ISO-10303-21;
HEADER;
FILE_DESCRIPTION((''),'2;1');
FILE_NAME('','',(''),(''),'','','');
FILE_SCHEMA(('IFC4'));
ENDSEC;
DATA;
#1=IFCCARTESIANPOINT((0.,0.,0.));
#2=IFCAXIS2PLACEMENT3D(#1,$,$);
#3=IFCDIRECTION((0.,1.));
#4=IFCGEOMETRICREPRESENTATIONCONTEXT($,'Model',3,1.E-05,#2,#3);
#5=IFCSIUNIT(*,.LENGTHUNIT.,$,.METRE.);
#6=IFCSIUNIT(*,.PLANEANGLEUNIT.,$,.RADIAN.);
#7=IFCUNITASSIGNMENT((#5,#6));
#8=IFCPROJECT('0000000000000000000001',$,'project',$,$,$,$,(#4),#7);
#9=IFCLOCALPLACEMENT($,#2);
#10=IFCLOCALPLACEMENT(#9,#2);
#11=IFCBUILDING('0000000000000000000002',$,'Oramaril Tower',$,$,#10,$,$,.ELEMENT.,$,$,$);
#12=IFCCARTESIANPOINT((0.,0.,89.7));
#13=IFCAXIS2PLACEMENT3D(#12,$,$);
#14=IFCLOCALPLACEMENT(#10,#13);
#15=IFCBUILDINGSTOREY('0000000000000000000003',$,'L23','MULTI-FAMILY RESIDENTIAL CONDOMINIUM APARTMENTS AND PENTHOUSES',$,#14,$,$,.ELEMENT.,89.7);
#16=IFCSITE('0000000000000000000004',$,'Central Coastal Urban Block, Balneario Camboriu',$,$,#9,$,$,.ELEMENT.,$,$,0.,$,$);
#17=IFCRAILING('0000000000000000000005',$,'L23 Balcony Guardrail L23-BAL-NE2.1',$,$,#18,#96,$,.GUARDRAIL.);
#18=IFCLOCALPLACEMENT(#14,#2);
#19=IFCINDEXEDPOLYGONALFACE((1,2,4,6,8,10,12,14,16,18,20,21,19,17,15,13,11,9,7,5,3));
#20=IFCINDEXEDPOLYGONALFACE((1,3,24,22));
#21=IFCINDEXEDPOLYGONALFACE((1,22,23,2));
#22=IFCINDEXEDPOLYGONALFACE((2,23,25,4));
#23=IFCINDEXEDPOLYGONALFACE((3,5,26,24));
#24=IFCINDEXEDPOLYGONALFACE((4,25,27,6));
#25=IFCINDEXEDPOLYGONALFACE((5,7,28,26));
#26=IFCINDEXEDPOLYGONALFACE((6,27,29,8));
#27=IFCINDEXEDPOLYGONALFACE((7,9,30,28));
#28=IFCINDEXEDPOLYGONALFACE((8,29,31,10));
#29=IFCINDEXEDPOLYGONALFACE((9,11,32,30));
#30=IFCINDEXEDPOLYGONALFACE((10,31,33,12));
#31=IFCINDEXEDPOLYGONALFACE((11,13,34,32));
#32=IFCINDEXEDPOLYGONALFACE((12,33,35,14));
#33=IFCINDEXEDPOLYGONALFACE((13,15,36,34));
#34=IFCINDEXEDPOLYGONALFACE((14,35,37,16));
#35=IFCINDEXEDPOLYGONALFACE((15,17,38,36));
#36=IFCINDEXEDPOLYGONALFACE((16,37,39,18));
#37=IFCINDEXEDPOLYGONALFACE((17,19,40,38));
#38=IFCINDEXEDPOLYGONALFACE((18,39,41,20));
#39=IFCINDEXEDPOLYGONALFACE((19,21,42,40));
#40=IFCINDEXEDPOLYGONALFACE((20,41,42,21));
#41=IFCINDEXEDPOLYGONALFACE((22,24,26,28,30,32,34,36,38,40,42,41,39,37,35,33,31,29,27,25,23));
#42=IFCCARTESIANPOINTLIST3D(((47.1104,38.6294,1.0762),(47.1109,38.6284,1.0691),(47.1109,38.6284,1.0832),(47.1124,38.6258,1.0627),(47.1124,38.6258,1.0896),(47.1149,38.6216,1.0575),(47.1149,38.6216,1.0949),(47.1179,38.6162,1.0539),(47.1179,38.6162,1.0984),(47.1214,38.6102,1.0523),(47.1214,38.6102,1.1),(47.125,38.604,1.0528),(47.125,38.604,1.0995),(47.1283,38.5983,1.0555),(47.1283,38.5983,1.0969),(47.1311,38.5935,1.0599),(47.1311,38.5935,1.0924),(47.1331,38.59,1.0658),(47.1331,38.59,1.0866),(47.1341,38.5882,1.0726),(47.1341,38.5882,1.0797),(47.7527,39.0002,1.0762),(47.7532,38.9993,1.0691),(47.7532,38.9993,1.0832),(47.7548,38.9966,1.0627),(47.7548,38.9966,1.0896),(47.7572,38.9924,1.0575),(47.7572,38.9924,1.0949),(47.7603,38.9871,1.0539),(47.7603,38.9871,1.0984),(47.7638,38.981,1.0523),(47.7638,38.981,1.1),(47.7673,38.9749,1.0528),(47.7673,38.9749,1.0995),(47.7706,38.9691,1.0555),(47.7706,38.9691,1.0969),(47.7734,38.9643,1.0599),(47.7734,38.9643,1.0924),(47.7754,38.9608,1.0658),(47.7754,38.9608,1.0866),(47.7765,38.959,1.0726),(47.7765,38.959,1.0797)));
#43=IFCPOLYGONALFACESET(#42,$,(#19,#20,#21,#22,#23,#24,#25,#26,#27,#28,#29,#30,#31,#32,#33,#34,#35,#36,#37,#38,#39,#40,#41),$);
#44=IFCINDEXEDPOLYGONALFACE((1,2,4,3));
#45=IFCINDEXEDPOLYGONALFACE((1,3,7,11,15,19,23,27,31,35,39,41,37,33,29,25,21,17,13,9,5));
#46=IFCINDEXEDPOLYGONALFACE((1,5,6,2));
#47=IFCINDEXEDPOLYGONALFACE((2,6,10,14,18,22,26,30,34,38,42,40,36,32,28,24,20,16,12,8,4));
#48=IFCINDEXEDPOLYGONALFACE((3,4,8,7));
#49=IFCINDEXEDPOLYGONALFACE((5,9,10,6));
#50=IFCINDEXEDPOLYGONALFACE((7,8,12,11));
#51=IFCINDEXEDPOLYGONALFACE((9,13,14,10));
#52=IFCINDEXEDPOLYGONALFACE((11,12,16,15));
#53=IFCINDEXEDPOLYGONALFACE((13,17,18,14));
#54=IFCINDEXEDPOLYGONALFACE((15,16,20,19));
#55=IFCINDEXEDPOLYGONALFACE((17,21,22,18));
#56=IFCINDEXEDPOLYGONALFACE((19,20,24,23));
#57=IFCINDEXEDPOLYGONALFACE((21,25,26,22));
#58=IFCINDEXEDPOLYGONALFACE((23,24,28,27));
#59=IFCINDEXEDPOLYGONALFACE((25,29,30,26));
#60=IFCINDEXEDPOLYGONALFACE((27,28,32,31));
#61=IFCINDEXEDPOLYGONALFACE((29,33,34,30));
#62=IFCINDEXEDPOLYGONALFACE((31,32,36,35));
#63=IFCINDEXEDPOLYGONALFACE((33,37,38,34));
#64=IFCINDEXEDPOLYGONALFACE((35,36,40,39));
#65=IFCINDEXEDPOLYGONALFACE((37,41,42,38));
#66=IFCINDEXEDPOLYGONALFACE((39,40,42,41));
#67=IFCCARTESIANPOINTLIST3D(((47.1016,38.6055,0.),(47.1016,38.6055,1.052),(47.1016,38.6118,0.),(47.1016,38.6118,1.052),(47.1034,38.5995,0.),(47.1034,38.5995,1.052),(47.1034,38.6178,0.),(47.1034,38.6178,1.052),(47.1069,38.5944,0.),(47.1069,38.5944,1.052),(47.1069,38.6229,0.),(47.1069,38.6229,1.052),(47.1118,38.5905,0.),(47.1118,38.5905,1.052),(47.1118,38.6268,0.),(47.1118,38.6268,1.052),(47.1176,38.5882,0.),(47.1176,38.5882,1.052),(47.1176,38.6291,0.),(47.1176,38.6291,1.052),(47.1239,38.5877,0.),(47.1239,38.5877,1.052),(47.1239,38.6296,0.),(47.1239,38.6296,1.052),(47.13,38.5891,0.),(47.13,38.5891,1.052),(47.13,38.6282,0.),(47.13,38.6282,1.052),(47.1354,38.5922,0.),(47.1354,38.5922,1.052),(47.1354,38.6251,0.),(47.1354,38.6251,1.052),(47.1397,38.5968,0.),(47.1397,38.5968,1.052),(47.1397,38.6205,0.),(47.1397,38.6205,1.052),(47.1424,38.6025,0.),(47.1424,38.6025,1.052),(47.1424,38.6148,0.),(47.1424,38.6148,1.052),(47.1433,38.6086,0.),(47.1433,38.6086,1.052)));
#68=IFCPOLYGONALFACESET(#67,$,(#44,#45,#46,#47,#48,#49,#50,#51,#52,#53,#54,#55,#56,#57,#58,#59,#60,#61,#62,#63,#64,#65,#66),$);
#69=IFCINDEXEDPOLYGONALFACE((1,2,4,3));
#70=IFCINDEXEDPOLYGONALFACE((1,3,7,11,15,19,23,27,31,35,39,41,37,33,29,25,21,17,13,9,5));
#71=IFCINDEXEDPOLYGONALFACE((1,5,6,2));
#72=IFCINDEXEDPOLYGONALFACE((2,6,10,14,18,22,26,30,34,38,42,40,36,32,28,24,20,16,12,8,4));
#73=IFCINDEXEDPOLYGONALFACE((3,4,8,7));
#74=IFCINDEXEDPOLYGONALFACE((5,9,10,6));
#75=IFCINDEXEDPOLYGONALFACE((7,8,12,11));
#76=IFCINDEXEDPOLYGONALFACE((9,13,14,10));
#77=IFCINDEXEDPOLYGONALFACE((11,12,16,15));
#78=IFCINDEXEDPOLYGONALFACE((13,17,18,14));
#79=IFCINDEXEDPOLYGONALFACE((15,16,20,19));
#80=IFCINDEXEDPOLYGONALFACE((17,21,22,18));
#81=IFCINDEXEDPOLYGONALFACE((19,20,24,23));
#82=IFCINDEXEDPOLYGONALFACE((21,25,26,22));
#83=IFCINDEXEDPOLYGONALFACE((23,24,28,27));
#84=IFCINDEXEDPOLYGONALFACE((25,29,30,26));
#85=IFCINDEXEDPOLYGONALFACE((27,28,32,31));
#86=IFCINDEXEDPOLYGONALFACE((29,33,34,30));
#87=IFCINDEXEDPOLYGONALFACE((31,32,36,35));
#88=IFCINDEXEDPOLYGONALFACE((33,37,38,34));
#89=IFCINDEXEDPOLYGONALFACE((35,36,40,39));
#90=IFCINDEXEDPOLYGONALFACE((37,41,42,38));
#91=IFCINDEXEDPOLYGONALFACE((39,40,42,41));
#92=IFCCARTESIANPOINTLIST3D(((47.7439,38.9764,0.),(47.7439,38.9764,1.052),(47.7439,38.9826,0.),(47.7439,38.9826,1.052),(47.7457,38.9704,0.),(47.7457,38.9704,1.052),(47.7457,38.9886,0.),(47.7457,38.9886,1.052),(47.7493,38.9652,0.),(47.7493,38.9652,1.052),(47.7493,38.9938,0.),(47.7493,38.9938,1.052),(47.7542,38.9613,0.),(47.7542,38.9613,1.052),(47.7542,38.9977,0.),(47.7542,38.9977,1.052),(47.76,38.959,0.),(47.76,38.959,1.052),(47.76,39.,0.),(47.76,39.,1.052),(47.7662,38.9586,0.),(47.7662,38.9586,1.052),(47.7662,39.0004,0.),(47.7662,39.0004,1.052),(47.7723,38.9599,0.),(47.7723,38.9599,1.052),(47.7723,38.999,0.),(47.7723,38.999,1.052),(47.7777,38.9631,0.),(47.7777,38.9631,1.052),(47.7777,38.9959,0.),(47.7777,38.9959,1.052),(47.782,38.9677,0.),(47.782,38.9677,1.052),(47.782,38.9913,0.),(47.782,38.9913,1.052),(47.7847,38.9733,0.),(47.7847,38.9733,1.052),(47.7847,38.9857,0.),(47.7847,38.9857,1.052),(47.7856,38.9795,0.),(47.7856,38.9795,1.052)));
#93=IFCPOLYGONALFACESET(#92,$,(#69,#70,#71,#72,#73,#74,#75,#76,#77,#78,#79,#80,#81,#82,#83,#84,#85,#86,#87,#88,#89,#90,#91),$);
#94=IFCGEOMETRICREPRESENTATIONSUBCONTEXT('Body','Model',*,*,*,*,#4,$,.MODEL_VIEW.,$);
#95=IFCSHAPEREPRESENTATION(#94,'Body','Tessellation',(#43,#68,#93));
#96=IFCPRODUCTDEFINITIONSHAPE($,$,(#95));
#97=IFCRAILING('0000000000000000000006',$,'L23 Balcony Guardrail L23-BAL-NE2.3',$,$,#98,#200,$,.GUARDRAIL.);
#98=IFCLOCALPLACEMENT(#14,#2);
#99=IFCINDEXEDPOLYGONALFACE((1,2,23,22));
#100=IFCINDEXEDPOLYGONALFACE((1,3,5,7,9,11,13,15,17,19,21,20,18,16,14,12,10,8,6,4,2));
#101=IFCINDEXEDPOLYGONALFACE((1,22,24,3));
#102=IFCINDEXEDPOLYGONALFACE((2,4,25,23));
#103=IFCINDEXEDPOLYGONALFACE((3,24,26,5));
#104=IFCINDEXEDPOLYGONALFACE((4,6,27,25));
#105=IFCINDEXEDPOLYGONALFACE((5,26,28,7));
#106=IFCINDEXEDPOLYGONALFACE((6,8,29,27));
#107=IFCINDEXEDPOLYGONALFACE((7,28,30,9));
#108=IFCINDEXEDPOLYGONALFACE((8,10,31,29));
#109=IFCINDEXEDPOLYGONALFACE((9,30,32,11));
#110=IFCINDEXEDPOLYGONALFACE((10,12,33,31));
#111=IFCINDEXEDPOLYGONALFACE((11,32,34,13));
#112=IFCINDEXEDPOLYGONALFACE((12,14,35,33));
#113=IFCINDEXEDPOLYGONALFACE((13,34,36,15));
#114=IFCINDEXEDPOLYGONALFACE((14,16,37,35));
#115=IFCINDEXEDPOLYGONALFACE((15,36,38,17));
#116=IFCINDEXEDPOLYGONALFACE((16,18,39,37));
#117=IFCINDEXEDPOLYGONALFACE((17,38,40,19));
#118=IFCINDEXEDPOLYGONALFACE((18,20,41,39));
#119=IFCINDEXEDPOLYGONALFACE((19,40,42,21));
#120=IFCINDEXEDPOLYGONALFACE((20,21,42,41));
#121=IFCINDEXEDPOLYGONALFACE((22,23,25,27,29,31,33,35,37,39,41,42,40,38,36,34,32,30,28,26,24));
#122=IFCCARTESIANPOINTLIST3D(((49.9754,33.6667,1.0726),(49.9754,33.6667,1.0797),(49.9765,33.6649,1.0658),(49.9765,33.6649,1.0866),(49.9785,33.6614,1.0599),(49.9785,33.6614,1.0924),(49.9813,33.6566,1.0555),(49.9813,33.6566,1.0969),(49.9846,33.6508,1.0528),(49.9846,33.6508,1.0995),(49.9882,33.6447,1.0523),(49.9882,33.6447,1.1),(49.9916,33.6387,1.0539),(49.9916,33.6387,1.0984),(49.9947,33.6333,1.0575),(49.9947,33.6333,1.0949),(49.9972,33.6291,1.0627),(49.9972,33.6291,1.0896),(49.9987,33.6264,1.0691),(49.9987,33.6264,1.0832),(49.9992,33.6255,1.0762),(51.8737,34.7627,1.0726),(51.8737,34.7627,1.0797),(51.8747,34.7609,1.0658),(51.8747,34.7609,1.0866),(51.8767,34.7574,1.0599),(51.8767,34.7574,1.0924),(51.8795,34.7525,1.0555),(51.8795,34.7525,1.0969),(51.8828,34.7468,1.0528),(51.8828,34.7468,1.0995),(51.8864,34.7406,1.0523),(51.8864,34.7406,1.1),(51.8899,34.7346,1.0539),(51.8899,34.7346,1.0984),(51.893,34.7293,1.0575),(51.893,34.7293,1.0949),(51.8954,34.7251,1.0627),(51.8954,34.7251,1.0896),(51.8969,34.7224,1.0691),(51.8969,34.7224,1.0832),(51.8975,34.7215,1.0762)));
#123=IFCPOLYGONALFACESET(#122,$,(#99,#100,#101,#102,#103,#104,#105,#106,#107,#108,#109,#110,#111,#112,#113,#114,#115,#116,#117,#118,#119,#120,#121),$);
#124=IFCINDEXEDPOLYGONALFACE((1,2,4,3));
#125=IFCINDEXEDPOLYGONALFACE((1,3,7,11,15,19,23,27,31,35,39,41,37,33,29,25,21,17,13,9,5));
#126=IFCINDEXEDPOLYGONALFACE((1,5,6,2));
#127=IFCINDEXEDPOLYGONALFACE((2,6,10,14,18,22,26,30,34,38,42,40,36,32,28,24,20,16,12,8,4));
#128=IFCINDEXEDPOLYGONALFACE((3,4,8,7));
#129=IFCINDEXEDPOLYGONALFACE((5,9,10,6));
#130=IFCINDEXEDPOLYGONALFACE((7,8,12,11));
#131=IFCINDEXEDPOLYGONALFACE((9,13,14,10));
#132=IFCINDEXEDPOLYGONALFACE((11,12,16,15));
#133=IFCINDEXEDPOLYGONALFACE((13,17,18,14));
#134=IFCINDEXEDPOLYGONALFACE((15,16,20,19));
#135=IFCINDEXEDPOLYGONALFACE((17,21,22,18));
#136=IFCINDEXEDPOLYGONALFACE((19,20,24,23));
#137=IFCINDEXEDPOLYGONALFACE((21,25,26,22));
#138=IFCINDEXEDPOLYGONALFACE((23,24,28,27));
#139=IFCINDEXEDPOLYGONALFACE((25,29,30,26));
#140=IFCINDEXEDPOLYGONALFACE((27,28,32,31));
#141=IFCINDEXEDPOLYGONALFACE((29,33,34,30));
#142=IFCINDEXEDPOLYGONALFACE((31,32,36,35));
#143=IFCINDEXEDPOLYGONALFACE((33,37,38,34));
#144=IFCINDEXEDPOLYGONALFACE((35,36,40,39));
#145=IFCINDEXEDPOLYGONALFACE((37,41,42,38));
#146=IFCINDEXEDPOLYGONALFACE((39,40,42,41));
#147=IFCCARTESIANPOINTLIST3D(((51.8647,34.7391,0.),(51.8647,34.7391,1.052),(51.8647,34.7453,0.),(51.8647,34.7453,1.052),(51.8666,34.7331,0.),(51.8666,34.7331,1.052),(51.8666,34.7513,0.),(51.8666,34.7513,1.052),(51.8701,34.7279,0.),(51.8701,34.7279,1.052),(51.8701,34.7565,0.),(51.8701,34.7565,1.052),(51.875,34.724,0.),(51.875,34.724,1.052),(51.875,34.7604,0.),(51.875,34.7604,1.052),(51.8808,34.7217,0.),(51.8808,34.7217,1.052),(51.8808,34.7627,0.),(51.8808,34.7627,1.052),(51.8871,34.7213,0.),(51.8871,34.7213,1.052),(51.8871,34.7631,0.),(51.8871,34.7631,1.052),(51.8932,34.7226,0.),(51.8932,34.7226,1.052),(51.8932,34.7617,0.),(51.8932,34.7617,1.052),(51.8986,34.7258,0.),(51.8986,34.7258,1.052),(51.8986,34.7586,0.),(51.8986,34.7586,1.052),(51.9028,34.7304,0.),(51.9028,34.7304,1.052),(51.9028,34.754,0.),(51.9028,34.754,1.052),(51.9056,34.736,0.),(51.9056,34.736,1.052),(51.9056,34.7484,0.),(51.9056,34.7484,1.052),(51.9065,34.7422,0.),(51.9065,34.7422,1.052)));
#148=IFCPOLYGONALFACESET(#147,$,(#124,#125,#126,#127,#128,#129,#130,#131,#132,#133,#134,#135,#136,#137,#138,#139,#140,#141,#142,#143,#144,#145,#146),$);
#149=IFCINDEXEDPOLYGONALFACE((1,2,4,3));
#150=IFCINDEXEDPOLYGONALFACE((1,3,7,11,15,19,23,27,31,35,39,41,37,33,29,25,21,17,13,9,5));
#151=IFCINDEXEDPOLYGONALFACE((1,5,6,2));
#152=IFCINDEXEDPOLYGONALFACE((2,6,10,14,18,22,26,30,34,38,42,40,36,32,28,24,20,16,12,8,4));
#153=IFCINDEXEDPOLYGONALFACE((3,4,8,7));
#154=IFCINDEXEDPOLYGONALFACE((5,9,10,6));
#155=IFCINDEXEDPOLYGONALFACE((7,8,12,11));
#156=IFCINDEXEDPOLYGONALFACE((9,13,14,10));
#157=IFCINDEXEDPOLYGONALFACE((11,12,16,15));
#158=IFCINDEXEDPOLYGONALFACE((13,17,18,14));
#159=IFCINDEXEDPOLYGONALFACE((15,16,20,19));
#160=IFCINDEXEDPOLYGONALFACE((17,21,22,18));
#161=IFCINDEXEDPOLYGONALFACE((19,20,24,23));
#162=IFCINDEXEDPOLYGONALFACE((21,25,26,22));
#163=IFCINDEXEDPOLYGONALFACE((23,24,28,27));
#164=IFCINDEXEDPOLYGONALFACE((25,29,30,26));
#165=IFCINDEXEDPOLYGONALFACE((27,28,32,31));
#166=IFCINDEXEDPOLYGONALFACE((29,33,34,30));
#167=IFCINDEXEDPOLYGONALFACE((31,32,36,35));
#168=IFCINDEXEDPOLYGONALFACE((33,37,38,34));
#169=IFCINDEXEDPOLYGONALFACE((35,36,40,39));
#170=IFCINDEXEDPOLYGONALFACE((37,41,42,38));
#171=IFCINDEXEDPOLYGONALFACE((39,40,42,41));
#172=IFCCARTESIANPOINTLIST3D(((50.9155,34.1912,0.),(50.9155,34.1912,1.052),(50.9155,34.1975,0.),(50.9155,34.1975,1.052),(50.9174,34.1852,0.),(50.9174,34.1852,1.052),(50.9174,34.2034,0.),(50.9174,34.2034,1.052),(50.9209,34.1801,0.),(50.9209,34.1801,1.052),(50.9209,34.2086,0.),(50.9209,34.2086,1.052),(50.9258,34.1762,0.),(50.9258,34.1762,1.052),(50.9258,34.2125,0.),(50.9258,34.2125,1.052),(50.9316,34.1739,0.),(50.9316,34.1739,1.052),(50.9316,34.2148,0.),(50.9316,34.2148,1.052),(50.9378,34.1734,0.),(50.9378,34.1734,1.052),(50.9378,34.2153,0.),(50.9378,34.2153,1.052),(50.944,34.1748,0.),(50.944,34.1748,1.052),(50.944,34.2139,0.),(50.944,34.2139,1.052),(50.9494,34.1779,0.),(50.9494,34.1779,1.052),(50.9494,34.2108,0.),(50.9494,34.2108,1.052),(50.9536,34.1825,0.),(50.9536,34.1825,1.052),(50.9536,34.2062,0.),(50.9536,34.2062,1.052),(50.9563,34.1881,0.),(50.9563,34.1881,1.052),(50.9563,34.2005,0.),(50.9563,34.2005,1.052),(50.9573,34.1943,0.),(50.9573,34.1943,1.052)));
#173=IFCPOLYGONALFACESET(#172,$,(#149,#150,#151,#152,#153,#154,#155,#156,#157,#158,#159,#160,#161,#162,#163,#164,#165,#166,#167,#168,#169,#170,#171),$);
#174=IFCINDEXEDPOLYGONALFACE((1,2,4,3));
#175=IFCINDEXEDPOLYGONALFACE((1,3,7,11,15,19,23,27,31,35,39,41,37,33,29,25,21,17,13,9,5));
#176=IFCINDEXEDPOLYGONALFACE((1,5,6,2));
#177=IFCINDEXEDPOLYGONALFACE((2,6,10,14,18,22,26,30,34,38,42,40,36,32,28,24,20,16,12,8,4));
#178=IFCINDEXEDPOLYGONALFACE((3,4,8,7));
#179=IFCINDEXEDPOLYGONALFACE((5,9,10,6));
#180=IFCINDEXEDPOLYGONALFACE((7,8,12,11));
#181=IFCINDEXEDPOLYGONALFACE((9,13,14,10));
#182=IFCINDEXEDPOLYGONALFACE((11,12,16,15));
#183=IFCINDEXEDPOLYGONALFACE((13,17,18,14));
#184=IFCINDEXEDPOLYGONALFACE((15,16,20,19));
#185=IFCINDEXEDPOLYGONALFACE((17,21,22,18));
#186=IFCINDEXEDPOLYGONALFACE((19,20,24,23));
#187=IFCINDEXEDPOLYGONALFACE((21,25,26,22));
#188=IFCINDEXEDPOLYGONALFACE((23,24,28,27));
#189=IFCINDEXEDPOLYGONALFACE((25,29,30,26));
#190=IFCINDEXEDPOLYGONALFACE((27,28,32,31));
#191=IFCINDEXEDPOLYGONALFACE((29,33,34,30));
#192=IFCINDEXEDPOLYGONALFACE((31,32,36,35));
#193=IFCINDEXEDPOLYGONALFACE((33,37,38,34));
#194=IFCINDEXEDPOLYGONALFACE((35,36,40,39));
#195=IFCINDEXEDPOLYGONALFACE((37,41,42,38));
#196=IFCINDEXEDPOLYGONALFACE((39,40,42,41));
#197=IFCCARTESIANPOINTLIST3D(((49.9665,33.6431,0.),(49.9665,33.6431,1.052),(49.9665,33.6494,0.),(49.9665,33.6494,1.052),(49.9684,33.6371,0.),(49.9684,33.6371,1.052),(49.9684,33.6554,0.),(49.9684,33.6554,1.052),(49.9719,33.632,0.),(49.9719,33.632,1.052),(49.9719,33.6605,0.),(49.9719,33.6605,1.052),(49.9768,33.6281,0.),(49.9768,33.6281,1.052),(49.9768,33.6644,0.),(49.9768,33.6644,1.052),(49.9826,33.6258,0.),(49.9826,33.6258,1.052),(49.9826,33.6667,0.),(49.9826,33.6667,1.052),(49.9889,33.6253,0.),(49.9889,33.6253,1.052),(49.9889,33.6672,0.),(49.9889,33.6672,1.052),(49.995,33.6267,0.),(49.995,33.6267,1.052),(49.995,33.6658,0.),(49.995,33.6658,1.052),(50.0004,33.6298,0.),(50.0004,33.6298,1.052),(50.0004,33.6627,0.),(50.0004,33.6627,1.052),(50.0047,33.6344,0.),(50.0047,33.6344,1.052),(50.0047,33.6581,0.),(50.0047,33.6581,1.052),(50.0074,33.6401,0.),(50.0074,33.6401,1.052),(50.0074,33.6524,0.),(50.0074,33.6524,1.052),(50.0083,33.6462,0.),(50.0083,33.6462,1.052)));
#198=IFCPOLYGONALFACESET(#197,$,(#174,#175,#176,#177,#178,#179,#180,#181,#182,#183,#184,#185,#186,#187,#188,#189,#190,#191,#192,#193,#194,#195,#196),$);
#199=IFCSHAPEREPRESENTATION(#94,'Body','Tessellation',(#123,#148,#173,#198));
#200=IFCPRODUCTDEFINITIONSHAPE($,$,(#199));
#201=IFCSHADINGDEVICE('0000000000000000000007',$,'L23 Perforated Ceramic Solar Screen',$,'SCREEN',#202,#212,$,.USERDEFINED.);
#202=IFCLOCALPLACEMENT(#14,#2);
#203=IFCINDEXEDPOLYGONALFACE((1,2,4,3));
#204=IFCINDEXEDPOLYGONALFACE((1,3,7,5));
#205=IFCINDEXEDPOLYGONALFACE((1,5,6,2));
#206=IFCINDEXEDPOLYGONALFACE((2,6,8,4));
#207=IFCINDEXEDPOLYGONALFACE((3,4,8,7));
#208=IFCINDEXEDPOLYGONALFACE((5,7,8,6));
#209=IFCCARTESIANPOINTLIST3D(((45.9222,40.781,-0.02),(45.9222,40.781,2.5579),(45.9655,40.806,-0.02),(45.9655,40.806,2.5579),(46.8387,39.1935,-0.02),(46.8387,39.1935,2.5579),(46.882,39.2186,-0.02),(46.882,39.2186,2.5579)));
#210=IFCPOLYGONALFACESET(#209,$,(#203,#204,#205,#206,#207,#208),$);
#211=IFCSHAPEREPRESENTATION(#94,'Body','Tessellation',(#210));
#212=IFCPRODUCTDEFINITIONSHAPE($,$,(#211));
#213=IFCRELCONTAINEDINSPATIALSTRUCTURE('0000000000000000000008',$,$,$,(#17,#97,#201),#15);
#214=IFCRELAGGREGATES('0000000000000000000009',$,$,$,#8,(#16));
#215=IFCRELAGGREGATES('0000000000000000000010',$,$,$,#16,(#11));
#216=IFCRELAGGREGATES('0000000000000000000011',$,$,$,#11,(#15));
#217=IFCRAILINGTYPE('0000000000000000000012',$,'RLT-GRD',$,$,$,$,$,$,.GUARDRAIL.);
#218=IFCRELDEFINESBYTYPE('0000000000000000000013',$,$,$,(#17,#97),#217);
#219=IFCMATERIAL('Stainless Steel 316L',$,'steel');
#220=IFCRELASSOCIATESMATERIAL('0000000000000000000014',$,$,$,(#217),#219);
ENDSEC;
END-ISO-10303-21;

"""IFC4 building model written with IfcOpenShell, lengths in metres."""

from ifc_helpers import new_model, si_unit, direction, frame, origin, origin_2d, place, context, subcontext, project, spatial, rectangle, circle, extrude, material, type_object, element, save


model = new_model("IFC4")

# Units and contexts
model_context = context("Model", 3, precision=1e-05, world=origin(), true_north=direction((0.0, 1.0)))
body_context = subcontext(model_context, "Body", "Model", "MODEL_VIEW")
ifc_project = project(units=[si_unit("LENGTHUNIT", "METRE"), si_unit("PLANEANGLEUNIT", "RADIAN")], contexts=[model_context])

# Site, building, storey
site_placement = place(None, origin())
site = spatial("IfcSite", under=ifc_project, at=site_placement, Name="Central Coastal Urban Block, Balneario Camboriu", CompositionType="ELEMENT", RefElevation=0.0)
building_placement = place(site_placement, origin())
building = spatial("IfcBuilding", under=site, at=building_placement, Name="Oramaril Tower", CompositionType="ELEMENT")
storey_placement = place(building_placement, frame((0.0, 0.0, 89.7)))
storey = spatial("IfcBuildingStorey", under=building, at=storey_placement, Name="L23", Description="MULTI-FAMILY RESIDENTIAL CONDOMINIUM APARTMENTS AND PENTHOUSES", CompositionType="ELEMENT", Elevation=89.7)

# Railings
ifc_material_1 = material(Name="Stainless Steel 316L", Category="steel")
railing_type = type_object("IfcRailingType", Name="RLT-GRD", PredefinedType="GUARDRAIL", material=ifc_material_1)
railing_1_placement = place(storey_placement, frame((47.1223, 38.6086, 0.0)))
element("IfcRailing", 1, at=railing_1_placement, inside=storey, type_object=railing_type, Name="L23 Balcony Guardrail L23-BAL-NE2.1", PredefinedType="GUARDRAIL", context=body_context, shape_type="SweptSolid", body=[
    extrude(circle(Radius=0.0239, at=origin_2d()), frame((0.0, 0.0, 1.0762), z_axis=(0.866027, 0.499998, 0.0), x_axis=(-0.499998, 0.866027, 0.0)), (0.0, 0.0, 1.0), 0.7417),
    extrude(circle(Radius=0.021, at=origin_2d()), origin(), (0.0, 0.0, 1.0), 1.052),
    extrude(circle(Radius=0.021, at=origin_2d()), frame((0.6423, 0.3708, 0.0)), (0.0, 0.0, 1.0), 1.052),
])
railing_2_placement = place(storey_placement, frame((51.8855, 34.7422, 0.0)))
element("IfcRailing", 2, at=railing_2_placement, inside=storey, type_object=railing_type, Name="L23 Balcony Guardrail L23-BAL-NE2.3", PredefinedType="GUARDRAIL", context=body_context, shape_type="SweptSolid", body=[
    extrude(circle(Radius=0.0239, at=origin_2d()), frame((0.0, 0.0, 1.0762), z_axis=(-0.866021, -0.500008, 0.0), x_axis=(0.500008, -0.866021, 0.0)), (0.0, 0.0, 1.0), 2.1919),
    extrude(circle(Radius=0.021, at=origin_2d()), origin(), (0.0, 0.0, 1.0), 1.052),
    extrude(circle(Radius=0.021, at=origin_2d()), frame((-0.9492, -0.5479, 0.0)), (0.0, 0.0, 1.0), 1.052),
    extrude(circle(Radius=0.021, at=origin_2d()), frame((-1.8982, -1.0959, 0.0)), (0.0, 0.0, 1.0), 1.052),
])

# Shading device
for number, where, z_axis, x_axis, name in (
    (3, (46.4021, 39.9998, -0.02), (0.0, 0.0, 1.0), (-0.5, 0.866025, 0.0), "L23 Perforated Ceramic Solar Screen"),
):
    element("IfcShadingDevice", number, at=place(storey_placement, frame(where, z_axis=z_axis, x_axis=x_axis)), inside=storey, Name=name, ObjectType="SCREEN", PredefinedType="USERDEFINED", context=body_context, shape_type="SweptSolid", body=[
        extrude(rectangle(XDim=1.833, YDim=0.05, at=origin_2d()), origin(), (0.0, 0.0, 1.0), 2.5779),
    ])

save(model, "model.ifc")
